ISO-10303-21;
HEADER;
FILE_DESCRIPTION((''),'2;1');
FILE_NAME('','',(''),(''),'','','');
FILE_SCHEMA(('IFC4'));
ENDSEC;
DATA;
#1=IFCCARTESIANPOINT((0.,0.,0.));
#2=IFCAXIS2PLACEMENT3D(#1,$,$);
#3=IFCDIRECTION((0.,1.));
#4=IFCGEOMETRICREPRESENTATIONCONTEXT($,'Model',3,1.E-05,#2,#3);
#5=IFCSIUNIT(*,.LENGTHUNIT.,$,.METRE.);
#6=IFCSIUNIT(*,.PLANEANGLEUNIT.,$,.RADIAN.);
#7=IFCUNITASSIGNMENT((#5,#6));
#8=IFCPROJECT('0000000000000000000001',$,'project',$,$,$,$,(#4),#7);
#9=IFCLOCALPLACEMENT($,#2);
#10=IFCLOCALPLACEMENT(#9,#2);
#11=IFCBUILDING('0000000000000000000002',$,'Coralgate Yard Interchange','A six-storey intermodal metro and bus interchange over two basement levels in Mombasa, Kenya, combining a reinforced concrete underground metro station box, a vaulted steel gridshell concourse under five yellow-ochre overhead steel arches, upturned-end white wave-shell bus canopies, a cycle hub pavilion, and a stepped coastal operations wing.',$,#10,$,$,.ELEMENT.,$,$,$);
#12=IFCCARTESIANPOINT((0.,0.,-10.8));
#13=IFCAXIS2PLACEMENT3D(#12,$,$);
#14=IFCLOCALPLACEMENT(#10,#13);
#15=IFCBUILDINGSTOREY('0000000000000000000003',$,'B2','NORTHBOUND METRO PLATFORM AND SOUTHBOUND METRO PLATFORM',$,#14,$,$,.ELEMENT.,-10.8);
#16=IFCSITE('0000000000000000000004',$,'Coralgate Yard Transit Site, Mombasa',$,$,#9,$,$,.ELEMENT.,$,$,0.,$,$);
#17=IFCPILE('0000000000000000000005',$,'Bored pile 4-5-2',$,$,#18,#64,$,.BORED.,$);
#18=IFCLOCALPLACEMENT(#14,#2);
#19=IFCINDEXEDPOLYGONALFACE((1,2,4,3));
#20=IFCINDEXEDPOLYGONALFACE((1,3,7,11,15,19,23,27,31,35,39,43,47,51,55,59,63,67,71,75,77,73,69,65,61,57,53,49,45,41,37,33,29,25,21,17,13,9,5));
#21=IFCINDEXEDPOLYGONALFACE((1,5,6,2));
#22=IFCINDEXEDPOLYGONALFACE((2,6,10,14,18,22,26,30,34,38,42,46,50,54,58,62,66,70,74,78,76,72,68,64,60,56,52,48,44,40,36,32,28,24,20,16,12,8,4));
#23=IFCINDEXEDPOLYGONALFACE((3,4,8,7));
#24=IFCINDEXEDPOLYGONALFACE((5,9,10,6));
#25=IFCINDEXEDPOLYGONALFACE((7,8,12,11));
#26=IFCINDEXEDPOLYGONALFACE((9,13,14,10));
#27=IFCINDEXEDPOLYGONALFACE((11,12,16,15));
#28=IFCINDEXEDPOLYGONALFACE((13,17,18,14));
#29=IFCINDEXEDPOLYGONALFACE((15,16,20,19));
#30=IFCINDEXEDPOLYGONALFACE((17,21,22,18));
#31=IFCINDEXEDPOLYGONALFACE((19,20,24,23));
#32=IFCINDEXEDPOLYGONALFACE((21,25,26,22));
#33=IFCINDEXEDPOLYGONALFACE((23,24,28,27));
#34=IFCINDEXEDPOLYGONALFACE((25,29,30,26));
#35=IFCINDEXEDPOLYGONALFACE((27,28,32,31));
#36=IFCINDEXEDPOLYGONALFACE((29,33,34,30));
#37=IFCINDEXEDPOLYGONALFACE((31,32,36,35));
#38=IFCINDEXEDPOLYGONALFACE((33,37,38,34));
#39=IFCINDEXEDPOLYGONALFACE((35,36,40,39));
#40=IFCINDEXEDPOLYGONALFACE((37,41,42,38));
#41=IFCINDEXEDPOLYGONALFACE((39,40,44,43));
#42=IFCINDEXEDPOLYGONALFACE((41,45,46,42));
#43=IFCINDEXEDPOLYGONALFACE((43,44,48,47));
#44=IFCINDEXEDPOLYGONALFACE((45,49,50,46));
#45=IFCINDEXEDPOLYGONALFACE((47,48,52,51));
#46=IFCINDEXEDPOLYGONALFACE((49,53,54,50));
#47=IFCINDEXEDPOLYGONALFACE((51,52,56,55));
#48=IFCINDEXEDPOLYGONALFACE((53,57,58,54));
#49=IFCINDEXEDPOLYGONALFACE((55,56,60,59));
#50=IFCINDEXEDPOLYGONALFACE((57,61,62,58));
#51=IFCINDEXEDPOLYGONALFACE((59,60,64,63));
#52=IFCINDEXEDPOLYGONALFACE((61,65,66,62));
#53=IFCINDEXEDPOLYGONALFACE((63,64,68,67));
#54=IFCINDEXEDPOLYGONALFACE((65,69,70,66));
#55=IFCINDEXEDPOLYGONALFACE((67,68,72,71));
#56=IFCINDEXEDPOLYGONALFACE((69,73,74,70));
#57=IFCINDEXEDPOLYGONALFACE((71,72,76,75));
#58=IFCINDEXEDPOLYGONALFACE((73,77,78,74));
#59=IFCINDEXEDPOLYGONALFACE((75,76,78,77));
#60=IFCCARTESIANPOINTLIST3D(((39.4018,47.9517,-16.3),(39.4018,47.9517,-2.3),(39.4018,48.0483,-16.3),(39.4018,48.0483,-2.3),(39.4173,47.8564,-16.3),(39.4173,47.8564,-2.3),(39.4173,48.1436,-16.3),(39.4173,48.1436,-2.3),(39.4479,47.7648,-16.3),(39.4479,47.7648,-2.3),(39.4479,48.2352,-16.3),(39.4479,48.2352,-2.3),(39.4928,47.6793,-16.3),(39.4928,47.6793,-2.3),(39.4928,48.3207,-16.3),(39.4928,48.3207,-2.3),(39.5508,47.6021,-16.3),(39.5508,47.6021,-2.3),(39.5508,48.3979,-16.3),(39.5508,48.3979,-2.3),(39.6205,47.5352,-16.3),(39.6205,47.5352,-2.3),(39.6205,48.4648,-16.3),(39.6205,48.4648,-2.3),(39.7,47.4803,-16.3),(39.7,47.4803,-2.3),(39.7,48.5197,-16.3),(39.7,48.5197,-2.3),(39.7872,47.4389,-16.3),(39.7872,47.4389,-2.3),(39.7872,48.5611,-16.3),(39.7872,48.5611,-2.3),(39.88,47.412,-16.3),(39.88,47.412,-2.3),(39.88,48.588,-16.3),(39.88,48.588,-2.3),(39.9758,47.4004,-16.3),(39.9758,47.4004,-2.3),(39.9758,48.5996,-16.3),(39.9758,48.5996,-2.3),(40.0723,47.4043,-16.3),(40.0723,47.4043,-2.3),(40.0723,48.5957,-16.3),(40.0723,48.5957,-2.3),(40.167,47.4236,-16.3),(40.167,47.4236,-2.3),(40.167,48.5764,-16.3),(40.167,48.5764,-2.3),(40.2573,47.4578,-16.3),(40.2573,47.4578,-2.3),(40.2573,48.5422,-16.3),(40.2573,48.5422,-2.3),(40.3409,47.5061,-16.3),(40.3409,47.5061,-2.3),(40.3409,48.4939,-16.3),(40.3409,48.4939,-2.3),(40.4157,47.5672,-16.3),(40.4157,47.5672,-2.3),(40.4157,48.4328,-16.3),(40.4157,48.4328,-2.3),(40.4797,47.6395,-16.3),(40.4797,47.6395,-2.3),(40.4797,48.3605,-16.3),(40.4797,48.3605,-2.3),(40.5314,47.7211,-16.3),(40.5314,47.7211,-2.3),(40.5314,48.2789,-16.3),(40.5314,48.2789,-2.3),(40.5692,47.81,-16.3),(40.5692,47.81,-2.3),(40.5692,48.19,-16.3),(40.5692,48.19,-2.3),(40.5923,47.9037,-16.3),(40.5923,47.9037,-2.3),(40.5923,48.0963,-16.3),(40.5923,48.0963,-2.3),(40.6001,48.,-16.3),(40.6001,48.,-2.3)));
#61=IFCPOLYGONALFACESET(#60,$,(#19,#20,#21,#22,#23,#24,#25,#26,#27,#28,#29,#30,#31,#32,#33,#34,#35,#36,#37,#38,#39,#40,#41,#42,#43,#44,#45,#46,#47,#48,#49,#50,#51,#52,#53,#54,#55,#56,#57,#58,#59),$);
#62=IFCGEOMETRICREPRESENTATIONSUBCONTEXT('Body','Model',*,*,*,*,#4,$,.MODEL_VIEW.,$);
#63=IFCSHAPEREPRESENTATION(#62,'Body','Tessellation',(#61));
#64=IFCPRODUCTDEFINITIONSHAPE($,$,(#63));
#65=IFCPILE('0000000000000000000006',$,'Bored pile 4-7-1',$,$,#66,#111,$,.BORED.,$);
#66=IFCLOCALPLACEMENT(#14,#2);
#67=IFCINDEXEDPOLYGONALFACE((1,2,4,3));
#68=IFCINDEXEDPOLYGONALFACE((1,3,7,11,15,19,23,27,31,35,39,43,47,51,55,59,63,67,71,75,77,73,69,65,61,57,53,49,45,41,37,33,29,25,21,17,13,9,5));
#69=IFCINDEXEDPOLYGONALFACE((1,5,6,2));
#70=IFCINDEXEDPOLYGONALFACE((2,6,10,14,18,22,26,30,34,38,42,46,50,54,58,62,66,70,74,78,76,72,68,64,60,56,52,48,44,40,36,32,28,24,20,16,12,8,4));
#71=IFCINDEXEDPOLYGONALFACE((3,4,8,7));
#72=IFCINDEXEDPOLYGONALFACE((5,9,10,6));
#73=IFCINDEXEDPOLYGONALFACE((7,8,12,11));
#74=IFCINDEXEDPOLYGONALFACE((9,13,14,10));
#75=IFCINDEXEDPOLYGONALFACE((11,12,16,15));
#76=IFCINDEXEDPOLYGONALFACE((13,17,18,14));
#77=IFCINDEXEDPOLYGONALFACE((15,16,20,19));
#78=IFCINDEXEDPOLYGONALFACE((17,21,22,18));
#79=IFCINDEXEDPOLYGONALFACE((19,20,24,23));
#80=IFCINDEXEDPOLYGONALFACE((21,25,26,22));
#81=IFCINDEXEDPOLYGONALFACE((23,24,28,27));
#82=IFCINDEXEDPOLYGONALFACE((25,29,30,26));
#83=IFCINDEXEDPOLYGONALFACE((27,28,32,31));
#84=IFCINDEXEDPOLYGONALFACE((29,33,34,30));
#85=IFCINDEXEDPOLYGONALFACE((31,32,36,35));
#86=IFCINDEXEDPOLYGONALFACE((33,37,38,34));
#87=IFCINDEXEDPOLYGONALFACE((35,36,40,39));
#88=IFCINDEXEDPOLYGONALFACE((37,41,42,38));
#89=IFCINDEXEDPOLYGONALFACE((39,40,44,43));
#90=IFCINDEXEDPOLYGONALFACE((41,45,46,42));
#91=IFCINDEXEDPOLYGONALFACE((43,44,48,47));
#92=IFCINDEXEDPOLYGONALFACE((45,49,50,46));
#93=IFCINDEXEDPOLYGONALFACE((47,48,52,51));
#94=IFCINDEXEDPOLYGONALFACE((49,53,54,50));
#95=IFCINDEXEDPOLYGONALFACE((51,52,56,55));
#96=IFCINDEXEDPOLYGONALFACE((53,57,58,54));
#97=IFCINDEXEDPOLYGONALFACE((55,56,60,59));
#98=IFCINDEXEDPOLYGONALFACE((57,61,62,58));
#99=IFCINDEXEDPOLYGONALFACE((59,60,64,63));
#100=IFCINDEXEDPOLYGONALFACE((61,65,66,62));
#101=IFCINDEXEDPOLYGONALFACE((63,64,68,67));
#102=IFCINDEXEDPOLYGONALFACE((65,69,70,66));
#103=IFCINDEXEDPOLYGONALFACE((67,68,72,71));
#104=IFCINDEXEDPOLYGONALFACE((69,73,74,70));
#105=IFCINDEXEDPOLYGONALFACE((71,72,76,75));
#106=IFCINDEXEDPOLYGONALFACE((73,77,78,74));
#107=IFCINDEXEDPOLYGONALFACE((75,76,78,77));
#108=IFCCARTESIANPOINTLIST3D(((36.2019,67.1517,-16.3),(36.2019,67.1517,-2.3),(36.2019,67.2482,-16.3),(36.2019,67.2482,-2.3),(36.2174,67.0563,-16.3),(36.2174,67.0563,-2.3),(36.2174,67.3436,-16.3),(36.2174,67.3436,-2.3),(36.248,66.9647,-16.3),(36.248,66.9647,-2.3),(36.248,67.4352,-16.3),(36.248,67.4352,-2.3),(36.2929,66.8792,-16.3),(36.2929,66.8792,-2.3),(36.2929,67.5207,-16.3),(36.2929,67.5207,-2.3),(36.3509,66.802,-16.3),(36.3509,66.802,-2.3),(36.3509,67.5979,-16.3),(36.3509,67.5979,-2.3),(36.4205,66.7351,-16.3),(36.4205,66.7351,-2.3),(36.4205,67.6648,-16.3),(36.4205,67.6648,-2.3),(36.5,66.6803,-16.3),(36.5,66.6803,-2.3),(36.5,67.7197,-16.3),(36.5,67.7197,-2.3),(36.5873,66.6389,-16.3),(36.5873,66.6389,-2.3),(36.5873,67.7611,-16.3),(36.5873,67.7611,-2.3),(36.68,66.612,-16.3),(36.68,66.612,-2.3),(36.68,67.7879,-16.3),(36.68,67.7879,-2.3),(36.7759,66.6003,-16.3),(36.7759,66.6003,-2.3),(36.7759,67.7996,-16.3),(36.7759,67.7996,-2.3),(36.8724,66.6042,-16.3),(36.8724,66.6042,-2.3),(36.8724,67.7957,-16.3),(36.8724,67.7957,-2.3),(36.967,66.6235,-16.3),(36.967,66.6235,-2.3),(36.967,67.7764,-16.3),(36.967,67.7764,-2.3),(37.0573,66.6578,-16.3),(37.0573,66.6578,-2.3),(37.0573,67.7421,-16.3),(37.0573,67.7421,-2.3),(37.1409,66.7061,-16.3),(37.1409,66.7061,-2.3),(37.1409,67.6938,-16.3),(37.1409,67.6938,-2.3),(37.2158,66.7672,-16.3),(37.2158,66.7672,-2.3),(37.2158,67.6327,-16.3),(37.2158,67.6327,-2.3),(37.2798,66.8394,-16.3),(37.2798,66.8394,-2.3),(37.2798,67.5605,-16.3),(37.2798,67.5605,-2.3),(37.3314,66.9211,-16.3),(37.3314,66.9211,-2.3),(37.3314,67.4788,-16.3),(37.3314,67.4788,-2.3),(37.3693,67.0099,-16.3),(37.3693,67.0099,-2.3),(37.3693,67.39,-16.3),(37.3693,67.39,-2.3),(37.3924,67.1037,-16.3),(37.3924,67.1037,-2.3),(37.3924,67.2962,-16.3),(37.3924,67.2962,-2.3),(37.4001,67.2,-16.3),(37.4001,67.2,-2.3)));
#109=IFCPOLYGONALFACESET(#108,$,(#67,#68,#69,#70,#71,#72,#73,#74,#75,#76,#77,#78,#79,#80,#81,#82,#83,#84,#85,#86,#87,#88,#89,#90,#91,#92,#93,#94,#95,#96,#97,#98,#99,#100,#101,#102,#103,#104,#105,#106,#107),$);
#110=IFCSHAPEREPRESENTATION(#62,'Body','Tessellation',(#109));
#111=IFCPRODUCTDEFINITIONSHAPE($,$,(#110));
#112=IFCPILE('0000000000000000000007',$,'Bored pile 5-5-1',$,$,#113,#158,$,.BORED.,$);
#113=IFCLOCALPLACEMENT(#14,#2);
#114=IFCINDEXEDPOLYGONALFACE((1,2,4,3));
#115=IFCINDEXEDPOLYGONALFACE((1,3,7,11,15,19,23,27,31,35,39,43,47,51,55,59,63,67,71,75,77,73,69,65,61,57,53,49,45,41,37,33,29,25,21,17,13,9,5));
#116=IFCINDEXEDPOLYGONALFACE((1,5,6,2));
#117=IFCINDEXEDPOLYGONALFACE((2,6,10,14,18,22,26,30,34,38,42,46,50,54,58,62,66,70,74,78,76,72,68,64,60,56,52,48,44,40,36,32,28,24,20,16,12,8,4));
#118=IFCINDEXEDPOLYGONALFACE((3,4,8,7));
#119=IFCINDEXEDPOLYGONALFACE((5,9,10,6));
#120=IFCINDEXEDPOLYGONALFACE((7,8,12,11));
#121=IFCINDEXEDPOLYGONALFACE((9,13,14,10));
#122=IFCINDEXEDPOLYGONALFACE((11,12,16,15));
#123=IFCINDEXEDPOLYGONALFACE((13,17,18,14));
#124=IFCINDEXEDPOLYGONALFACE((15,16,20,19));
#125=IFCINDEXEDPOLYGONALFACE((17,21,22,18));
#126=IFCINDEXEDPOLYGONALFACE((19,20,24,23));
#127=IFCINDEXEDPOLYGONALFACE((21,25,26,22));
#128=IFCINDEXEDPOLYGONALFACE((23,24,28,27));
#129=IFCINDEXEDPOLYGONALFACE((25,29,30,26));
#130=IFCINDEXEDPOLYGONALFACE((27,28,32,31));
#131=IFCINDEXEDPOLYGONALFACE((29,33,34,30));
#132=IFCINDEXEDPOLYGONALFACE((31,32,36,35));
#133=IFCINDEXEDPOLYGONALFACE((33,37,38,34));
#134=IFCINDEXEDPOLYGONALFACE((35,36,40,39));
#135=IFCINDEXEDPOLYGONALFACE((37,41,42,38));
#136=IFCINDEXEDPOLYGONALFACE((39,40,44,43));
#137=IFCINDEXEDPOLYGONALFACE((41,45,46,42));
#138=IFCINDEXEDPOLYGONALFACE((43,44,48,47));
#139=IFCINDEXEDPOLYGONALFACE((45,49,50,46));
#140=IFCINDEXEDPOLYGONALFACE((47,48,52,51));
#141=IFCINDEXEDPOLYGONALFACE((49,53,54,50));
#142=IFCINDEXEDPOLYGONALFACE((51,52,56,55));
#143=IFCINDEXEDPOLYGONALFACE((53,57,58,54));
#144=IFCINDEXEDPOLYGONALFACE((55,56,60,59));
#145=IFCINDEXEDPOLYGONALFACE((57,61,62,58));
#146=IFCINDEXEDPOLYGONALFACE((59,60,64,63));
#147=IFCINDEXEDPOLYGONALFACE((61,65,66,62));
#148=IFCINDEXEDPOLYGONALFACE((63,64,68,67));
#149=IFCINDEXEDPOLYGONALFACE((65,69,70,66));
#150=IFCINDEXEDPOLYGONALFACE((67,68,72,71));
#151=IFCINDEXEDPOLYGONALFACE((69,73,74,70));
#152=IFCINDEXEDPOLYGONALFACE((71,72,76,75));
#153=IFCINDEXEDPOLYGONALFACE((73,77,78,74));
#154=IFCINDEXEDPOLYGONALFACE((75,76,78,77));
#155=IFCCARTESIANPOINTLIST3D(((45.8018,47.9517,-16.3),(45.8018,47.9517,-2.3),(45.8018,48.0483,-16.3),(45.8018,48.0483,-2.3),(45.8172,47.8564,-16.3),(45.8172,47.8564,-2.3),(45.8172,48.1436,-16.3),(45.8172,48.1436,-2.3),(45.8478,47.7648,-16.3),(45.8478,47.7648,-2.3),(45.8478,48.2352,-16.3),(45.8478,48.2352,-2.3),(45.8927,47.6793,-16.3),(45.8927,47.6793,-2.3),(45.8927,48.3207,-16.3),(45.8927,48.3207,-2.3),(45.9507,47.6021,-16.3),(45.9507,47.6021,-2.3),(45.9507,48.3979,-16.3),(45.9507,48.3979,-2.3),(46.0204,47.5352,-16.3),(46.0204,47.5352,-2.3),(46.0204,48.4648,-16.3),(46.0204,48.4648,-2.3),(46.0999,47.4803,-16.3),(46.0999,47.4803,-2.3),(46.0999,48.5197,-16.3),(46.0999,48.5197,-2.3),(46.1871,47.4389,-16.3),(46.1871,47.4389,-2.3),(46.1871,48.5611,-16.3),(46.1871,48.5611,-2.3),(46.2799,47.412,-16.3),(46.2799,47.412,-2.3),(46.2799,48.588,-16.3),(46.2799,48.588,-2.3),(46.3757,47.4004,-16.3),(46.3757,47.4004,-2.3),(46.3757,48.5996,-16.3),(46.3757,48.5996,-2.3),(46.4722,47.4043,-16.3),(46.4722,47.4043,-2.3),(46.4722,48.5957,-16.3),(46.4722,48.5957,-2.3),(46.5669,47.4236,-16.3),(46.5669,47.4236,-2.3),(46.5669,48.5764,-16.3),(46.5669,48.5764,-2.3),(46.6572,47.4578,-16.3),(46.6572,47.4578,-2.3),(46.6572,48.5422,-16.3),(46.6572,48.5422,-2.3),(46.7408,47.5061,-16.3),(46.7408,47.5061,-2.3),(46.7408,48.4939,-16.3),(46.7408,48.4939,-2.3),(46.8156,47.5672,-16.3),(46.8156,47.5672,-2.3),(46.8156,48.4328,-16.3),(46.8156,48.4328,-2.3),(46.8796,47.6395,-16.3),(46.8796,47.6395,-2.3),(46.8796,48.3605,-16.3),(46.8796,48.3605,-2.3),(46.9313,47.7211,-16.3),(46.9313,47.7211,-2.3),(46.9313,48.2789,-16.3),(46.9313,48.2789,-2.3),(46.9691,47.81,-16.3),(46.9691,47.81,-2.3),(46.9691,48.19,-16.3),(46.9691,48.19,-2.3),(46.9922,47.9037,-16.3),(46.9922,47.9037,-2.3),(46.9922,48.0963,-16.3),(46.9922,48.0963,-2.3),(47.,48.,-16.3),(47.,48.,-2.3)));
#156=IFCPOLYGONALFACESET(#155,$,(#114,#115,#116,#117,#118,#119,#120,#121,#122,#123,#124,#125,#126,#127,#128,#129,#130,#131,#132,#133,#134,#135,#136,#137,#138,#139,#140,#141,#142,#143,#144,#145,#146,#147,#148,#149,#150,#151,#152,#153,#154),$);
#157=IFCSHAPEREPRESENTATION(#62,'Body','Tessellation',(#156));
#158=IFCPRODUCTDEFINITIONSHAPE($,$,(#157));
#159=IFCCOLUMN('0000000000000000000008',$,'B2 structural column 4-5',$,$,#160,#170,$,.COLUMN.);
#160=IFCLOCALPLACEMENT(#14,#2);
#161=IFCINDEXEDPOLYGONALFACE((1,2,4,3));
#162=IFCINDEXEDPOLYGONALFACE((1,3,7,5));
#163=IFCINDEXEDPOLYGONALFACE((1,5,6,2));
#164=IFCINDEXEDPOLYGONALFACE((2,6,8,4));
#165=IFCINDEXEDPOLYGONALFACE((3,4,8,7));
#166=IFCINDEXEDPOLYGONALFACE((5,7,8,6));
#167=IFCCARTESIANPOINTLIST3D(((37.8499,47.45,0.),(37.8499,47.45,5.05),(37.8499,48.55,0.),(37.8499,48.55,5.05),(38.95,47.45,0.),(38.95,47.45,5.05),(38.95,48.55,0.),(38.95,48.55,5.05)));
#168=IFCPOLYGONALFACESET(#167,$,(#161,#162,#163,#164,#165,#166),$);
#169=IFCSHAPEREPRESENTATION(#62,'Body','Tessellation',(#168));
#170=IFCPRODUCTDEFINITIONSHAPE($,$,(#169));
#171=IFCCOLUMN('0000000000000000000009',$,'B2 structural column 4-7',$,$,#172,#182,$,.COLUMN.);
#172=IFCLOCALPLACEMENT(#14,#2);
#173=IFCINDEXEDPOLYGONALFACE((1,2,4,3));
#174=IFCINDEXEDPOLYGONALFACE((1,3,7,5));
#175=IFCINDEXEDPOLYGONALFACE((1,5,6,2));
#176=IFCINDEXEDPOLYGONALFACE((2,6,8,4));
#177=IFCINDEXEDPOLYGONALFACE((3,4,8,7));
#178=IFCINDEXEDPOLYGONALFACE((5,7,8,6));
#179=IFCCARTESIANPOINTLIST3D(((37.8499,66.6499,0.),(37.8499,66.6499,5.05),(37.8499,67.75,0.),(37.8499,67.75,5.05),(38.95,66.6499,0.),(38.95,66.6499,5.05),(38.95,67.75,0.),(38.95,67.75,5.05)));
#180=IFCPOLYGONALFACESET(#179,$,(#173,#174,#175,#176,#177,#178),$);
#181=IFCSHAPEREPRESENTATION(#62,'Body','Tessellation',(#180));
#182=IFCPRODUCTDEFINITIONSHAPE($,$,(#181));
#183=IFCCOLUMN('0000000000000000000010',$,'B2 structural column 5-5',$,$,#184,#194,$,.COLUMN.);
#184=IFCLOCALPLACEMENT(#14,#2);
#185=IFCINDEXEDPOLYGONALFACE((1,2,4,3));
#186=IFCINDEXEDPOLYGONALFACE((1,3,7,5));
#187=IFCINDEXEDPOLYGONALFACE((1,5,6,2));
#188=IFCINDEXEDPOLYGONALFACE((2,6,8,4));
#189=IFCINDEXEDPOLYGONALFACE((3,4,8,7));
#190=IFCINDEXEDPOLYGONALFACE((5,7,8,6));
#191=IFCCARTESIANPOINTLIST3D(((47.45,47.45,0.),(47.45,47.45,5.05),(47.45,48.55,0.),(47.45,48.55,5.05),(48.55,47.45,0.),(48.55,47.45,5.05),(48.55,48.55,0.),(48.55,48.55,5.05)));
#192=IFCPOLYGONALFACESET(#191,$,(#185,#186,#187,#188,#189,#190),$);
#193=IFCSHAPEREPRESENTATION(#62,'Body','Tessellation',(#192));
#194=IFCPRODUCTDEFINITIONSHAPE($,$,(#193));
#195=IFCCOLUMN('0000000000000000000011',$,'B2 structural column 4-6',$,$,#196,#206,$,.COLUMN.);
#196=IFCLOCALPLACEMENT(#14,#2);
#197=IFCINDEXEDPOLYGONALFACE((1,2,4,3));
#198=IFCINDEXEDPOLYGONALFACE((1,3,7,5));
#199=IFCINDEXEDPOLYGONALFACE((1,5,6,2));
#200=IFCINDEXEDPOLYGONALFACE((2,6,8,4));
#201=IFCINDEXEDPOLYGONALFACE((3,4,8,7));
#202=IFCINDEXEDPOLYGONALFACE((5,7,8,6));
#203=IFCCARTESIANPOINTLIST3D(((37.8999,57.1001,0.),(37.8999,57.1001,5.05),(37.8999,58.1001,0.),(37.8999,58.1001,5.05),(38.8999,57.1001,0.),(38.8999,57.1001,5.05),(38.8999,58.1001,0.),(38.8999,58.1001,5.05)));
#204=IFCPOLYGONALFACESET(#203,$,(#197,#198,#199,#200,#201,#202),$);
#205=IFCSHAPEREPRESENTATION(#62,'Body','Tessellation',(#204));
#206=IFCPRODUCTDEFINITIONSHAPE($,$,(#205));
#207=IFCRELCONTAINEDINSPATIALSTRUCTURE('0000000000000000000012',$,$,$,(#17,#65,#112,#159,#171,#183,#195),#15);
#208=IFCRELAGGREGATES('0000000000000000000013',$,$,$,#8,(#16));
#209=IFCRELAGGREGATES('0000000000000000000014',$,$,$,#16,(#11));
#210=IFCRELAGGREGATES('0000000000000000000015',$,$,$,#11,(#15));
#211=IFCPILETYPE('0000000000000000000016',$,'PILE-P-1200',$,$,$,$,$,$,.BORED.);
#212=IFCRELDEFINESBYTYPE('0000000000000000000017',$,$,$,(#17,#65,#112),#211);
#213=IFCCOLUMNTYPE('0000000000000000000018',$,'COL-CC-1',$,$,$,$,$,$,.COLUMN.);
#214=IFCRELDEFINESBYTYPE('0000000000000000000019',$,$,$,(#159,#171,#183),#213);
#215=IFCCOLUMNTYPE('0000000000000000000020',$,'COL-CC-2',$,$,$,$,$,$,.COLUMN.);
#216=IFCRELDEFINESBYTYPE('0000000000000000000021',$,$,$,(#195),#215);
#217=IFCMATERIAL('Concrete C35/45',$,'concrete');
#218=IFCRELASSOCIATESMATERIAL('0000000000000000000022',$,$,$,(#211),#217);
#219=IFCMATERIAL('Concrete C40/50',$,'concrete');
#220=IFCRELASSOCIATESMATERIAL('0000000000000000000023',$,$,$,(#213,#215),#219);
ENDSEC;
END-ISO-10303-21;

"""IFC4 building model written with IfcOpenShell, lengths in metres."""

from ifc_helpers import new_model, si_unit, direction, frame, origin, origin_2d, place, context, subcontext, project, spatial, rectangle, circle, extrude, material, material_profile, profile_set, type_object, element, save


model = new_model("IFC4")

# Units and contexts
model_context = context("Model", 3, precision=1e-05, world=origin(), true_north=direction((0.0, 1.0)))
body_context = subcontext(model_context, "Body", "Model", "MODEL_VIEW")
ifc_project = project(units=[si_unit("LENGTHUNIT", "METRE"), si_unit("PLANEANGLEUNIT", "RADIAN")], contexts=[model_context])

# Site, building, storey
site_placement = place(None, origin())
site = spatial("IfcSite", under=ifc_project, at=site_placement, Name="Coralgate Yard Transit Site, Mombasa", CompositionType="ELEMENT", RefElevation=0.0)
building_placement = place(site_placement, origin())
building = spatial("IfcBuilding", under=site, at=building_placement, Name="Coralgate Yard Interchange", Description="A six-storey intermodal metro and bus interchange over two basement levels in Mombasa, Kenya, combining a reinforced concrete underground metro station box, a vaulted steel gridshell concourse under five yellow-ochre overhead steel arches, upturned-end white wave-shell bus canopies, a cycle hub pavilion, and a stepped coastal operations wing.", CompositionType="ELEMENT")
storey_placement = place(building_placement, frame((0.0, 0.0, -10.8)))
storey = spatial("IfcBuildingStorey", under=building, at=storey_placement, Name="B2", Description="NORTHBOUND METRO PLATFORM AND SOUTHBOUND METRO PLATFORM", CompositionType="ELEMENT", Elevation=-10.8)

# Shared definitions
ifc_material_1 = material(Name="Concrete C40/50", Category="concrete")

# Piles
ifc_material_2 = material(Name="Concrete C35/45", Category="concrete")
ifc_material_profile_1 = material_profile(ifc_material_2, circle(Radius=0.6001, at=origin_2d()), Name="BORED PILE D1200")
ifc_profile_set_1 = profile_set([ifc_material_profile_1], Name="Concrete C35/45")
pile_type_1 = type_object("IfcPileType", Name="PILE-P-1200", PredefinedType="BORED", material=ifc_profile_set_1)
for number, where, z_axis, x_axis, name in (
    (1, (40.0, 48.0, -2.3), (0.0, 0.0, -1.0), (1.0, 0.0, 0.0), "Bored pile 4-5-2"),
    (2, (36.8, 67.2, -2.3), (0.0, 0.0, -1.0), (1.0, 0.0, 0.0), "Bored pile 4-7-1"),
    (3, (46.3999, 48.0, -2.3), (0.0, 0.0, -1.0), (1.0, 0.0, 0.0), "Bored pile 5-5-1"),
):
    element("IfcPile", number, at=place(storey_placement, frame(where, z_axis=z_axis, x_axis=x_axis)), inside=storey, type_object=pile_type_1, Name=name, PredefinedType="BORED", context=body_context, shape_type="SweptSolid", body=[
        extrude(circle(Radius=0.6001, at=origin_2d()), origin(), (0.0, 0.0, 1.0), 14.0),
    ])

# Columns
ifc_material_profile_2 = material_profile(ifc_material_1, rectangle(XDim=1.1001, YDim=1.1001, at=origin_2d()), Name="RC 1100x1100")
ifc_profile_set_2 = profile_set([ifc_material_profile_2], Name="Concrete C40/50")
column_type_1 = type_object("IfcColumnType", Name="COL-CC-1", PredefinedType="COLUMN", material=ifc_profile_set_2)
for number, where, z_axis, x_axis, name in (
    (4, (38.3999, 48.0, 0.0), (0.0, 0.0, 1.0), (1.0, 0.0, 0.0), "B2 structural column 4-5"),
    (5, (38.3999, 67.2, 0.0), (0.0, 0.0, 1.0), (1.0, 0.0, 0.0), "B2 structural column 4-7"),
    (6, (48.0, 48.0, 0.0), (0.0, 0.0, 1.0), (1.0, 0.0, 0.0), "B2 structural column 5-5"),
):
    element("IfcColumn", number, at=place(storey_placement, frame(where, z_axis=z_axis, x_axis=x_axis)), inside=storey, type_object=column_type_1, Name=name, PredefinedType="COLUMN", context=body_context, shape_type="SweptSolid", body=[
        extrude(rectangle(XDim=1.1001, YDim=1.1001, at=origin_2d()), origin(), (0.0, 0.0, 1.0), 5.05),
    ])
ifc_material_profile_3 = material_profile(ifc_material_1, rectangle(XDim=1.0, YDim=1.0, at=origin_2d()), Name="RC 1000x1000")
ifc_profile_set_3 = profile_set([ifc_material_profile_3], Name="Concrete C40/50")
column_type_2 = type_object("IfcColumnType", Name="COL-CC-2", PredefinedType="COLUMN", material=ifc_profile_set_3)
column_placement = place(storey_placement, frame((38.3999, 57.6001, 0.0), z_axis=(0.0, 0.0, 1.0), x_axis=(1.0, 0.0, 0.0)))
element("IfcColumn", 7, at=column_placement, inside=storey, type_object=column_type_2, Name="B2 structural column 4-6", PredefinedType="COLUMN", context=body_context, shape_type="SweptSolid", body=[
    extrude(rectangle(XDim=1.0, YDim=1.0, at=origin_2d()), origin(), (0.0, 0.0, 1.0), 5.05),
])

save(model, "model.ifc")
